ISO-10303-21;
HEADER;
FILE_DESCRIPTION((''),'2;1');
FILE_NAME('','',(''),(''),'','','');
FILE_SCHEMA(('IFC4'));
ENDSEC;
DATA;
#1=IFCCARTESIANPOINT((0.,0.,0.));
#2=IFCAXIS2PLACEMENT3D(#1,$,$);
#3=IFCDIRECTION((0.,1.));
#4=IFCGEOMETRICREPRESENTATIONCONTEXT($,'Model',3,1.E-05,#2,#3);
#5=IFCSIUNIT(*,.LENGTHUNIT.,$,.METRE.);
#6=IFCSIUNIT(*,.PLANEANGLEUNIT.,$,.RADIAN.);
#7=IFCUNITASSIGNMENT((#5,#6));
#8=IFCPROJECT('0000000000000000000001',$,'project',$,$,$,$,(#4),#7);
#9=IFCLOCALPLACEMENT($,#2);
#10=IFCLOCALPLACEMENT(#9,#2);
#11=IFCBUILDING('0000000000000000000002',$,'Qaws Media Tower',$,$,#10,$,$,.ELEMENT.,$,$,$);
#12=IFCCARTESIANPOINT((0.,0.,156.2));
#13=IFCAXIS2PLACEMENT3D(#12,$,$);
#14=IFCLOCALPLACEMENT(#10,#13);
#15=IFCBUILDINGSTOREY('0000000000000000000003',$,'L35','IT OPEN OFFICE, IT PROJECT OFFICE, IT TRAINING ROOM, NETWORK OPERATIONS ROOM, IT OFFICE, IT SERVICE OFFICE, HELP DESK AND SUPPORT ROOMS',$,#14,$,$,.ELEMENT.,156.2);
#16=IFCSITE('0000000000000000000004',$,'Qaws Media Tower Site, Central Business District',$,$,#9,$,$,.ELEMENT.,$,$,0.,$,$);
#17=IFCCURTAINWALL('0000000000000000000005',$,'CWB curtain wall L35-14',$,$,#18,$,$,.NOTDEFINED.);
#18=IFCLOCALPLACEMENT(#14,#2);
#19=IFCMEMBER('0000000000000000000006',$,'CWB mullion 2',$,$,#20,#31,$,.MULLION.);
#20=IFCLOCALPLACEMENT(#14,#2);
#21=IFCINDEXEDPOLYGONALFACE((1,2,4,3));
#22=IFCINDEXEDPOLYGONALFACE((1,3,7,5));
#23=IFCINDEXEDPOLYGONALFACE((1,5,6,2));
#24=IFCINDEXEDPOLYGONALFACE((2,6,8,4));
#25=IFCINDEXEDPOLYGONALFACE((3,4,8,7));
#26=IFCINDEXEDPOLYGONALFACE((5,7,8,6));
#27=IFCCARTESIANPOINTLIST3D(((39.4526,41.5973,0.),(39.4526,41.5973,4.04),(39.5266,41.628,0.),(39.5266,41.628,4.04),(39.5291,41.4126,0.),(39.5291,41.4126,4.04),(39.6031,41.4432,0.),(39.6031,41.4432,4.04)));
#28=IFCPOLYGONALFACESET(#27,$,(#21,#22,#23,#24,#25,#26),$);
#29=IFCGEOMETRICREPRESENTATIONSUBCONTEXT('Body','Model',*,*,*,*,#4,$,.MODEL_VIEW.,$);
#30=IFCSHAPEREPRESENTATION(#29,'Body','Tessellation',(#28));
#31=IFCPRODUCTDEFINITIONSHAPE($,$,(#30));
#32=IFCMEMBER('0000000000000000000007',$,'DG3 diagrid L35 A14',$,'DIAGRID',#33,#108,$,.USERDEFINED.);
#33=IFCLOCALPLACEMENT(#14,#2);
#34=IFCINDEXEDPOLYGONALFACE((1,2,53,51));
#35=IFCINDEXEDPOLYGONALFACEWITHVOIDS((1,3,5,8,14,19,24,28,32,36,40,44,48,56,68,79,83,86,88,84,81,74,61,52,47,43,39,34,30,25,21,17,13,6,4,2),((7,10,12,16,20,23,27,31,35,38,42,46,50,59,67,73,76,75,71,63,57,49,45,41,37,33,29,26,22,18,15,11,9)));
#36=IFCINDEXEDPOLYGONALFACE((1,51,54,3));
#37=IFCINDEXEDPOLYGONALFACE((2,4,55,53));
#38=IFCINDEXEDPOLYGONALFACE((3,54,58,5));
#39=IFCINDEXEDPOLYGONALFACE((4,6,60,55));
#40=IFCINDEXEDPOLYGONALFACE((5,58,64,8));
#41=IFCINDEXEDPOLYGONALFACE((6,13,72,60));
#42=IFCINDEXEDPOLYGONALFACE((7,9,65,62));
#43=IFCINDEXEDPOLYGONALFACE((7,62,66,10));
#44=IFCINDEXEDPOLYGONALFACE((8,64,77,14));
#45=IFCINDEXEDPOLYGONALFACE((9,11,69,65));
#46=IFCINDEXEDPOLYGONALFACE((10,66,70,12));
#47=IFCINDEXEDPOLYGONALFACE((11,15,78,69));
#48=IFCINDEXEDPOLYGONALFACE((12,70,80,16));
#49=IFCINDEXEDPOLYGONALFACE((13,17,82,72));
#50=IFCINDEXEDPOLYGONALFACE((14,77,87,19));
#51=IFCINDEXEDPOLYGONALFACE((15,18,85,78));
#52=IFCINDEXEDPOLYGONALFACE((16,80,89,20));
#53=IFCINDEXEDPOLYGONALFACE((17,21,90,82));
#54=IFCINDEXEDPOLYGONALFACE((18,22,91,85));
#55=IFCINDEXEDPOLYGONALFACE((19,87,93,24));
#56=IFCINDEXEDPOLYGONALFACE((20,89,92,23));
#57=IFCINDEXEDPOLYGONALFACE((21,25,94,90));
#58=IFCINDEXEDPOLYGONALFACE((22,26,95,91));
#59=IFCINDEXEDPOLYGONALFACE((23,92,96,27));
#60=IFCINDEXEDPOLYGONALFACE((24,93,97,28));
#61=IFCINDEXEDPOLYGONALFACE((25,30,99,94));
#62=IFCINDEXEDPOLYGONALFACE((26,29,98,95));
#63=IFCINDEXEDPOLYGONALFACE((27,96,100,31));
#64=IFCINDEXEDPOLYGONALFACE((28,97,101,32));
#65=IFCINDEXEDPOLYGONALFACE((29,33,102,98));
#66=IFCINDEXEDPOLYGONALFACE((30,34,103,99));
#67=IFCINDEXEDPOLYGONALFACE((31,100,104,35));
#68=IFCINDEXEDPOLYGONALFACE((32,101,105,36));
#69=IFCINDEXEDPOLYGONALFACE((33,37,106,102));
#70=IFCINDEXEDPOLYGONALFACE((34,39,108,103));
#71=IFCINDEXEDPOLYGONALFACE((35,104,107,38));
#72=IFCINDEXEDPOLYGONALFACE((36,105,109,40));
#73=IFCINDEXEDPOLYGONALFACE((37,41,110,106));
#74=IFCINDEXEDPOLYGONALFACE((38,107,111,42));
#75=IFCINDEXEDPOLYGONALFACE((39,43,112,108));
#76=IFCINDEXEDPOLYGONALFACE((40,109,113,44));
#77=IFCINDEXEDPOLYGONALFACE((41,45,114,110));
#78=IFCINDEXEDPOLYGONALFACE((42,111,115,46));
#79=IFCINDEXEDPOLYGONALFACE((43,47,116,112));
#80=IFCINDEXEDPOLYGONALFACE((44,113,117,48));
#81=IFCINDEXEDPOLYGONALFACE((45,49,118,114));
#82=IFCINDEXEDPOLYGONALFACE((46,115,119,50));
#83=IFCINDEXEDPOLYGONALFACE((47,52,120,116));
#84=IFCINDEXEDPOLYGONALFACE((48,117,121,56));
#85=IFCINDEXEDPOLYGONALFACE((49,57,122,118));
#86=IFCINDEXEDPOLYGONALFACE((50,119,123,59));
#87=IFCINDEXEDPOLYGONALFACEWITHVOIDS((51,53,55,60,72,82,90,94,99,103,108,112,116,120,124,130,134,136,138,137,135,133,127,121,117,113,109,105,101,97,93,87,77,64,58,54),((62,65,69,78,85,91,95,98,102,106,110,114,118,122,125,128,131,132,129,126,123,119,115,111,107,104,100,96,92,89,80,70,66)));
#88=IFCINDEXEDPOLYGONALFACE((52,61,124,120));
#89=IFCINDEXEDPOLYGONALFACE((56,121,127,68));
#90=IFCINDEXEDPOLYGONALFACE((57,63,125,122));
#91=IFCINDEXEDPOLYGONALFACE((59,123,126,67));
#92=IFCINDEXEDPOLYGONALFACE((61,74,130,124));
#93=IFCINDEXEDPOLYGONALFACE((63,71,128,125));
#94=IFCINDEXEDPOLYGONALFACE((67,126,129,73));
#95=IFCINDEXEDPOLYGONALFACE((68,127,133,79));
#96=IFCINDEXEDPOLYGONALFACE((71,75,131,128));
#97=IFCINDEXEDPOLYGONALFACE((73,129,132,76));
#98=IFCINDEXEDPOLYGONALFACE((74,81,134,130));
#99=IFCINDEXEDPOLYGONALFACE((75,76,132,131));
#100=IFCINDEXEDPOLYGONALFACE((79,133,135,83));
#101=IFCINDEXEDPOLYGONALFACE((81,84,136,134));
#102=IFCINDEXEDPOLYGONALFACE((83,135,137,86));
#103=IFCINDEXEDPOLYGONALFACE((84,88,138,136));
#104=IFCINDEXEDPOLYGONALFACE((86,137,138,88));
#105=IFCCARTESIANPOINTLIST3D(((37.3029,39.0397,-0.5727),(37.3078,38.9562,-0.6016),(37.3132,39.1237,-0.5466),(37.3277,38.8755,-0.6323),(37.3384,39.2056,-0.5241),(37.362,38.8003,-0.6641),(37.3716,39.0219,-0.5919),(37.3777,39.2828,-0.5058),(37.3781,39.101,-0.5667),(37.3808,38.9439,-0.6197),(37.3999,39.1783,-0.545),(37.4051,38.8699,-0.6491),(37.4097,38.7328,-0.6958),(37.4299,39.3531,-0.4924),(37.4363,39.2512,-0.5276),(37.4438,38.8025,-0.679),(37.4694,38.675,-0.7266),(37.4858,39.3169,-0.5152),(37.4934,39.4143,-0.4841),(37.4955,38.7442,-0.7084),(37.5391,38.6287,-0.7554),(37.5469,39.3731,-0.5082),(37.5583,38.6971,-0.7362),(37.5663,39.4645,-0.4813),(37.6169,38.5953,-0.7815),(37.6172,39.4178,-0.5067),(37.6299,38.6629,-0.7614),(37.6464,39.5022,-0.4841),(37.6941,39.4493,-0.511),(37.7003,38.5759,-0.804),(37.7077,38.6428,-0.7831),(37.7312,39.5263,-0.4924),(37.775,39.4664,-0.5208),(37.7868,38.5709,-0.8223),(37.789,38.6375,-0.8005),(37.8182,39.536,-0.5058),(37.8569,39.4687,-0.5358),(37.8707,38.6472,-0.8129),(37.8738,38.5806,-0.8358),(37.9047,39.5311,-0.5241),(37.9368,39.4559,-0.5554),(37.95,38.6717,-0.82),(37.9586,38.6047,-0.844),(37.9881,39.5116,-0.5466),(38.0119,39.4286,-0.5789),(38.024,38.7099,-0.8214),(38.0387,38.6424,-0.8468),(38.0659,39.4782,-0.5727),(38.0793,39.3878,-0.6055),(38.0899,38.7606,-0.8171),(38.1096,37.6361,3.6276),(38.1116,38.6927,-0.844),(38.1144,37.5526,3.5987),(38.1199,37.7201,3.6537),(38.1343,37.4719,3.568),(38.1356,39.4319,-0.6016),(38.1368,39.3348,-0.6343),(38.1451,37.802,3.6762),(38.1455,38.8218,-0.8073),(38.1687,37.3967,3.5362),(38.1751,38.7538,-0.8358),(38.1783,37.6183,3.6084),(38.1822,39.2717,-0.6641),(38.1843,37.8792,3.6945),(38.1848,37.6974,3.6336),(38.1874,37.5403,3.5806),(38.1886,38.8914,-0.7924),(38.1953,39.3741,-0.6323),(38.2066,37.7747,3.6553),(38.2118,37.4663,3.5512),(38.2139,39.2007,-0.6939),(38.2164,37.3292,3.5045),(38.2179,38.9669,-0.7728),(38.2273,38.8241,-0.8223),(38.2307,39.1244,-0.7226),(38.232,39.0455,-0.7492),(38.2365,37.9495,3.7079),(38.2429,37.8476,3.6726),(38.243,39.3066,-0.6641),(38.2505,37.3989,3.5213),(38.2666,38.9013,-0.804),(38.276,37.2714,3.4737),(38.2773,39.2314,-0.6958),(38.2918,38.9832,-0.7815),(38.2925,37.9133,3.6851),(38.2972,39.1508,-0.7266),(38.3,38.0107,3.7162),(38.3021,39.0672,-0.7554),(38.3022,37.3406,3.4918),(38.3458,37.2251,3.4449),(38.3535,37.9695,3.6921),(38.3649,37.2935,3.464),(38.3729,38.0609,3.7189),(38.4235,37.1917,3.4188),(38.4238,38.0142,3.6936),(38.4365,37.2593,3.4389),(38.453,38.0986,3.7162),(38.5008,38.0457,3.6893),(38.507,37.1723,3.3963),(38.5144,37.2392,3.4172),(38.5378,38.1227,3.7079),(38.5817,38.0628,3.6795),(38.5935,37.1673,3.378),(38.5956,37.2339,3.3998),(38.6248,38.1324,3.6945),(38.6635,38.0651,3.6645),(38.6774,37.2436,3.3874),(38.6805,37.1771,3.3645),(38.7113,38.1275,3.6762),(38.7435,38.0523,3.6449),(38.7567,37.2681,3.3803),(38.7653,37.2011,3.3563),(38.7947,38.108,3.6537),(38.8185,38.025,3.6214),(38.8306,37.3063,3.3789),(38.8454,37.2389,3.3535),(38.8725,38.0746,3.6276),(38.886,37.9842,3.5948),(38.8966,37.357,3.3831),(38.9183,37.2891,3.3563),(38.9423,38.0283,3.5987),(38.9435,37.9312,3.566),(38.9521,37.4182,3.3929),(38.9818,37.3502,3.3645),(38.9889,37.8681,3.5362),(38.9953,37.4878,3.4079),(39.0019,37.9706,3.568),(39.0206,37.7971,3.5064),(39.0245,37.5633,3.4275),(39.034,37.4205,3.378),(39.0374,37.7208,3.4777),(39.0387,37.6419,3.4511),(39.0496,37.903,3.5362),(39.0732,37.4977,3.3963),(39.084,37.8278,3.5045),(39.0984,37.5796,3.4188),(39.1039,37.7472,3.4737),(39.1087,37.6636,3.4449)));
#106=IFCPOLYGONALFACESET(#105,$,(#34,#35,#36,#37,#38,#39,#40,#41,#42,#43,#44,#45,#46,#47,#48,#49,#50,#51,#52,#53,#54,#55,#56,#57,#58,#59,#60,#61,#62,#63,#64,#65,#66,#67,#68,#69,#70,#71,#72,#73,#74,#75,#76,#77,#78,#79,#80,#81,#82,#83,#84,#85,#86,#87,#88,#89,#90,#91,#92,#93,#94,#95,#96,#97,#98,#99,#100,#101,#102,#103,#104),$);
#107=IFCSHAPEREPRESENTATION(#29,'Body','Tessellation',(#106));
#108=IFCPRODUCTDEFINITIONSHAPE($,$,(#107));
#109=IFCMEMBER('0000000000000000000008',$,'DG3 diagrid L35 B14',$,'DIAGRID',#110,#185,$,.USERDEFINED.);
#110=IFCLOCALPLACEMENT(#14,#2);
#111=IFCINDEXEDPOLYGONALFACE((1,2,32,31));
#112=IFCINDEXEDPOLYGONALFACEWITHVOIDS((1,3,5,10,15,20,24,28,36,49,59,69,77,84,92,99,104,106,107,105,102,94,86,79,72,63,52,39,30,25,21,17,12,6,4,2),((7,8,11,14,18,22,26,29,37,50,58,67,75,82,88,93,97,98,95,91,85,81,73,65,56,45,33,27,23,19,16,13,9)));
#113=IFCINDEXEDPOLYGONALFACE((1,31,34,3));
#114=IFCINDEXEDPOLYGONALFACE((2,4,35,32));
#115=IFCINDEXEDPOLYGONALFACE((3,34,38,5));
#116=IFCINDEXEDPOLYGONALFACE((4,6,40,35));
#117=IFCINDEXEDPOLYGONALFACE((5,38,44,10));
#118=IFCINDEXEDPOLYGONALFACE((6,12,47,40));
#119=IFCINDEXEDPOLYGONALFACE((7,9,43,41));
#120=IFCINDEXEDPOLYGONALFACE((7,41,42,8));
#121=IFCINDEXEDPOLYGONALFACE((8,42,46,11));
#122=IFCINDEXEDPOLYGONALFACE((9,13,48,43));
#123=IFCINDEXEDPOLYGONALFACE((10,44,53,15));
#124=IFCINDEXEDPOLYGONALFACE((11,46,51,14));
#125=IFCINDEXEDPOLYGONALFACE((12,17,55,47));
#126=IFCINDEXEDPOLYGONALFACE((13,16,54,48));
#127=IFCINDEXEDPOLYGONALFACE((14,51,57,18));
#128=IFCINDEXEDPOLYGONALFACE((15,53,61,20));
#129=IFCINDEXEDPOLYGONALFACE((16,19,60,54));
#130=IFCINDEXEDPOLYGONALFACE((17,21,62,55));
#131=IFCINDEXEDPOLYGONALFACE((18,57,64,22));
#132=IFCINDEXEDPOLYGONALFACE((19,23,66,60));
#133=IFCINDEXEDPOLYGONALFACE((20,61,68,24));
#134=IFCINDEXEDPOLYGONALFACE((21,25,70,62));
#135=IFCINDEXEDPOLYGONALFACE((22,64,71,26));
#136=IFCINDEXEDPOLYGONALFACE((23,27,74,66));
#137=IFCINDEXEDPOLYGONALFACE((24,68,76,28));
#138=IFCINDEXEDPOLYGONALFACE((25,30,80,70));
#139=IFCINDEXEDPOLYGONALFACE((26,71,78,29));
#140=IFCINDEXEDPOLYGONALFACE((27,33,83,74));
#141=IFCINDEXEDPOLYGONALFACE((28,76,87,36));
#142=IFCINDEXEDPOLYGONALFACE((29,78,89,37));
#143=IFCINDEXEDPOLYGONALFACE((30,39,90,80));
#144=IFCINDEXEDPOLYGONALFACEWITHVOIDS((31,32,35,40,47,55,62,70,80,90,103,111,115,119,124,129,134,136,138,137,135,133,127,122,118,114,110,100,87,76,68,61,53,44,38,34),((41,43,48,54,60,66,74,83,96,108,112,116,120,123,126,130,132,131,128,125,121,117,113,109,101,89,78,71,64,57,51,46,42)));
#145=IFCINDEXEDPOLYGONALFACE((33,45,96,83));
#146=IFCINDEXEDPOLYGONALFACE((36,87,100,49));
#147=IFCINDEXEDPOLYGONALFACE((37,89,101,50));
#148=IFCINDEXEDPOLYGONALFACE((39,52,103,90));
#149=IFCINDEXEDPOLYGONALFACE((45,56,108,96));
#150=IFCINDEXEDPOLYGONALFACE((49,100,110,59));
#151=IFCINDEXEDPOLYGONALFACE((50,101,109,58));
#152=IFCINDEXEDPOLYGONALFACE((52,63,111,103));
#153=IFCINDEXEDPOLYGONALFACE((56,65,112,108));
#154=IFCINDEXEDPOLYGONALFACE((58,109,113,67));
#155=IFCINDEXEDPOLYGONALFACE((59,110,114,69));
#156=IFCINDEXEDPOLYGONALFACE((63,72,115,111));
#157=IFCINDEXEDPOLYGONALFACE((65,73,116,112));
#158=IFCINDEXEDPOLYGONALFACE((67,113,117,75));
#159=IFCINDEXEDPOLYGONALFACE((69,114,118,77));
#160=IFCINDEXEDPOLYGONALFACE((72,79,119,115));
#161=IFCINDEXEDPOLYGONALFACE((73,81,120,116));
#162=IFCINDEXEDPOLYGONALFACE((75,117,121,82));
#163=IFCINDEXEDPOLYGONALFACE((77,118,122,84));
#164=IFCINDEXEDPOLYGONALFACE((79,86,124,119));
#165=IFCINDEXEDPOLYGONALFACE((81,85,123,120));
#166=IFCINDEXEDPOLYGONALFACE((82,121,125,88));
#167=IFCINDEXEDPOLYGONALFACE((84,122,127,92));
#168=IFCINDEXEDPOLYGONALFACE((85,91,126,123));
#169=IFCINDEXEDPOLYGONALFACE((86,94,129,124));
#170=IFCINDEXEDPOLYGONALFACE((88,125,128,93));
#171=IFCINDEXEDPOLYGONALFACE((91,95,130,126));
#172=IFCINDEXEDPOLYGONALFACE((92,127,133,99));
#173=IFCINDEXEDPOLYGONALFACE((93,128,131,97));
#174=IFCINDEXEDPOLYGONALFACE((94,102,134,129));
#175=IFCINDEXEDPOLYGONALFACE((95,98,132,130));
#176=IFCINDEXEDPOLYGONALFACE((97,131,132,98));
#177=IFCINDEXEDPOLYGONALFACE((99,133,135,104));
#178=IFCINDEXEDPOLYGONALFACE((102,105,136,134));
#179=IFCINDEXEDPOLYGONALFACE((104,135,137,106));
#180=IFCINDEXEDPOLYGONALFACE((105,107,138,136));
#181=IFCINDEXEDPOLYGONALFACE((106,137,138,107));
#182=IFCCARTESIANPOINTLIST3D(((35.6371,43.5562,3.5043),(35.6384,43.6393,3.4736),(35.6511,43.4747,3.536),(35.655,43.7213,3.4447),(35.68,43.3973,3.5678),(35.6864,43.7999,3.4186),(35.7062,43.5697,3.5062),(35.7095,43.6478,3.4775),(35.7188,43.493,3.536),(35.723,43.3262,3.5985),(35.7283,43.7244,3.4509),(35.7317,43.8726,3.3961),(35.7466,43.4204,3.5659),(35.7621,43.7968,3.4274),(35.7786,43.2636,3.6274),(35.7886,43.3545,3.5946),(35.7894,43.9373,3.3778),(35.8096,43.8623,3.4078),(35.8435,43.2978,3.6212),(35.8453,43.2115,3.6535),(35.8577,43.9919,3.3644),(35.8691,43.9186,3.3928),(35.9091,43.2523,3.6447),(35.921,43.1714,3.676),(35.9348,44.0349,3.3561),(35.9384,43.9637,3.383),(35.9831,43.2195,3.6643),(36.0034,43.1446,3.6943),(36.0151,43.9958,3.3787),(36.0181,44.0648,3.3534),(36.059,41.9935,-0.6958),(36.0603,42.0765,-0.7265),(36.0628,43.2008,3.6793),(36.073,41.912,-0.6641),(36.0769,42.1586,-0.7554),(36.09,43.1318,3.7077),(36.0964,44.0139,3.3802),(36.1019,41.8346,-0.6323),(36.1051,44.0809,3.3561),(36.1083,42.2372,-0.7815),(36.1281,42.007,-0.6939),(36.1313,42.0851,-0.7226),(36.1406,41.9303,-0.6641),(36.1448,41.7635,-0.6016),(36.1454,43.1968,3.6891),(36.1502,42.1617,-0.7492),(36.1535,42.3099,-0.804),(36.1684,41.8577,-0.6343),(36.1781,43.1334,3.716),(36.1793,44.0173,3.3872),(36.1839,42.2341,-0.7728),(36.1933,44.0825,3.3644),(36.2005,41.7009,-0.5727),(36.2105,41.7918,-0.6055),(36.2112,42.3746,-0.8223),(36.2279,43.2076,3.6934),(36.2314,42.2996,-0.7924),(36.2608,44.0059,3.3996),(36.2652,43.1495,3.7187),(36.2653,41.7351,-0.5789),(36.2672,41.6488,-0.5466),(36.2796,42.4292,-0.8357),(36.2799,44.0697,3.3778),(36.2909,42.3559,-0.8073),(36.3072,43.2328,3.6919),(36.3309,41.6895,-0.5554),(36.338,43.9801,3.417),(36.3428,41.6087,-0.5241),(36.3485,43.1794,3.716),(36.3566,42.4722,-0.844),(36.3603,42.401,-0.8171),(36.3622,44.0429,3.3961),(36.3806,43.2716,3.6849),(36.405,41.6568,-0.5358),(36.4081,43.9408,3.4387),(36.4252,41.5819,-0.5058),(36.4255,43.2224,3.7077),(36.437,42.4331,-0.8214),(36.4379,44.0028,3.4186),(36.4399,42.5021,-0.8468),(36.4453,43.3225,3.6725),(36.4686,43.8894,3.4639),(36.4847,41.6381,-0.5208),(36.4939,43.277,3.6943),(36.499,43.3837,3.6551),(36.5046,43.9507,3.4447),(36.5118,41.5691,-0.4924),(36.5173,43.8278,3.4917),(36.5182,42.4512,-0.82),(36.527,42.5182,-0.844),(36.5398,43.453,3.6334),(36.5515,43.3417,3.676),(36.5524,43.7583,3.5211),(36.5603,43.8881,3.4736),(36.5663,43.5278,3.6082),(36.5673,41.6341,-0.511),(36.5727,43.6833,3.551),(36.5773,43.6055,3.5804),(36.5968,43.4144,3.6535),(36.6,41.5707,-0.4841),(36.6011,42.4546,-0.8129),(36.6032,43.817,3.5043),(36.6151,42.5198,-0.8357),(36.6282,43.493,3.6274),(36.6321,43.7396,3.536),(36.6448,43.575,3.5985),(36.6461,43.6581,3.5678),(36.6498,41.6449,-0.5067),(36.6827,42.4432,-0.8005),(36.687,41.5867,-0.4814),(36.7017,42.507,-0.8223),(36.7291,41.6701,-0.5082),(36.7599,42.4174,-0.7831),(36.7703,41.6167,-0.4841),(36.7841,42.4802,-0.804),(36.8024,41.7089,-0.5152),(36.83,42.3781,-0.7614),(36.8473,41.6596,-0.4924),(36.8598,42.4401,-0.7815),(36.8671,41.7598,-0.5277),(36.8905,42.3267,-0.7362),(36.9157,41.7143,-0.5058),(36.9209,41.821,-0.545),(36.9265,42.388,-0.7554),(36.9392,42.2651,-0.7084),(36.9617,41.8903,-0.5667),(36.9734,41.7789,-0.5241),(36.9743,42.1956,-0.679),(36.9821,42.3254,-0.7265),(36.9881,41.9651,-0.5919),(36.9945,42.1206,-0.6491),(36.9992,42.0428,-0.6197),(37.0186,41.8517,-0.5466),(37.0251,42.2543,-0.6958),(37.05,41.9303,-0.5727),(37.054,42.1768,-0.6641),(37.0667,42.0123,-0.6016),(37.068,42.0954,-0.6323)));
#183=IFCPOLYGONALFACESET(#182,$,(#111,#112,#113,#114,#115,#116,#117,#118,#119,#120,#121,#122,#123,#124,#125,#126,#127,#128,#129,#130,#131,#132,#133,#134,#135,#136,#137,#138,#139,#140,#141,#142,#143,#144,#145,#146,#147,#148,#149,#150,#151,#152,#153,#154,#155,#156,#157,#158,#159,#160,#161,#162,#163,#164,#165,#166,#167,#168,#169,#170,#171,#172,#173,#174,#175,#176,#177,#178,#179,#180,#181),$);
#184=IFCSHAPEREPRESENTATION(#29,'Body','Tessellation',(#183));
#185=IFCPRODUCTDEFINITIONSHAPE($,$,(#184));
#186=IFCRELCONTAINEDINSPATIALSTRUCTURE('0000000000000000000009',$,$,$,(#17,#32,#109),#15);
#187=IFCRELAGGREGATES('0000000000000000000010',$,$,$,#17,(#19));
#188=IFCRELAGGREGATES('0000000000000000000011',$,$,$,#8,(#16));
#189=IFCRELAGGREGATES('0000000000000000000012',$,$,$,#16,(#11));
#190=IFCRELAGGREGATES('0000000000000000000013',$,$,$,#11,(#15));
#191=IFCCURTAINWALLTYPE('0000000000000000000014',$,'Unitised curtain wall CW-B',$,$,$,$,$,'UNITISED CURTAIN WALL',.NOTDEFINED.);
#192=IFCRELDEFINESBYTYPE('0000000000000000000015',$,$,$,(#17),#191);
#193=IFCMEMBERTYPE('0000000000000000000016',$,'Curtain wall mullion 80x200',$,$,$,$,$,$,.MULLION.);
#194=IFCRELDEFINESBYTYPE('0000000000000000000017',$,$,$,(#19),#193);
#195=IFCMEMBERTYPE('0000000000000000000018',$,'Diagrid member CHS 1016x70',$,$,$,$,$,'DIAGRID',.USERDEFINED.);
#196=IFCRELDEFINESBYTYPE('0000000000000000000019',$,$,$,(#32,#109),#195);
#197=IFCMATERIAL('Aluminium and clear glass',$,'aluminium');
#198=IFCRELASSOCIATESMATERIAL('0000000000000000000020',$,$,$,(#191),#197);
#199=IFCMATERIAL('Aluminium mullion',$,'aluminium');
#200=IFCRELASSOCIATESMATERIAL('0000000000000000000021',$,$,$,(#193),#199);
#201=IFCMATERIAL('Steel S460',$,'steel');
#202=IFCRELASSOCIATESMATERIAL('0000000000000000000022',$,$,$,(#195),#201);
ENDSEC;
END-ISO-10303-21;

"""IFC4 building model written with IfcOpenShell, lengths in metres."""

from ifc_helpers import new_model, si_unit, direction, frame, origin, origin_2d, place, context, subcontext, project, spatial, rectangle, hollow_circle, extrude, material, material_profile, profile_set, type_object, element, aggregate, save


model = new_model("IFC4")

# Units and contexts
model_context = context("Model", 3, precision=1e-05, world=origin(), true_north=direction((0.0, 1.0)))
body_context = subcontext(model_context, "Body", "Model", "MODEL_VIEW")
ifc_project = project(units=[si_unit("LENGTHUNIT", "METRE"), si_unit("PLANEANGLEUNIT", "RADIAN")], contexts=[model_context])

# Site, building, storey
site_placement = place(None, origin())
site = spatial("IfcSite", under=ifc_project, at=site_placement, Name="Qaws Media Tower Site, Central Business District", CompositionType="ELEMENT", RefElevation=0.0)
building_placement = place(site_placement, origin())
building = spatial("IfcBuilding", under=site, at=building_placement, Name="Qaws Media Tower", CompositionType="ELEMENT")
storey_placement = place(building_placement, frame((0.0, 0.0, 156.2)))
storey = spatial("IfcBuildingStorey", under=building, at=storey_placement, Name="L35", Description="IT OPEN OFFICE, IT PROJECT OFFICE, IT TRAINING ROOM, NETWORK OPERATIONS ROOM, IT OFFICE, IT SERVICE OFFICE, HELP DESK AND SUPPORT ROOMS", CompositionType="ELEMENT", Elevation=156.2)

# Curtain wall, member
ifc_material_1 = material(Name="Aluminium and clear glass", Category="aluminium")
curtain_wall_type = type_object("IfcCurtainWallType", Name="Unitised curtain wall CW-B", ElementType="UNITISED CURTAIN WALL", PredefinedType="NOTDEFINED", material=ifc_material_1)
curtain_wall_placement = place(storey_placement, origin())
curtain_wall = element("IfcCurtainWall", 1, at=curtain_wall_placement, inside=storey, type_object=curtain_wall_type, Name="CWB curtain wall L35-14", PredefinedType="NOTDEFINED")
ifc_material_2 = material(Name="Aluminium mullion", Category="aluminium")
ifc_material_profile_1 = material_profile(ifc_material_2, rectangle(XDim=0.0801, YDim=0.2, at=origin_2d()), Name="80x200")
ifc_profile_set_1 = profile_set([ifc_material_profile_1], Name="Aluminium mullion")
member_type_1 = type_object("IfcMemberType", Name="Curtain wall mullion 80x200", PredefinedType="MULLION", material=ifc_profile_set_1)
member_1_placement = place(storey_placement, frame((39.5278, 41.5203, 0.0), z_axis=(0.0, 0.0, 1.0), x_axis=(0.92388, 0.382683, 0.0)))
member_1 = element("IfcMember", 2, at=member_1_placement, type_object=member_type_1, Name="CWB mullion 2", PredefinedType="MULLION", context=body_context, shape_type="SweptSolid", body=[
    extrude(rectangle(XDim=0.0801, YDim=0.2, at=origin_2d()), origin(), (0.0, 0.0, 1.0), 4.04),
])

# Members
ifc_material_3 = material(Name="Steel S460", Category="steel")
ifc_material_profile_2 = material_profile(ifc_material_3, hollow_circle(Radius=0.5081, WallThickness=0.0701, at=origin_2d()), Name="CHS 1016x70")
ifc_profile_set_2 = profile_set([ifc_material_profile_2], Name="Steel S460")
member_type_2 = type_object("IfcMemberType", Name="Diagrid member CHS 1016x70", ElementType="DIAGRID", PredefinedType="USERDEFINED", material=ifc_profile_set_2)
member_2_placement = place(storey_placement, frame((37.8025, 39.0535, -0.6641), z_axis=(0.179199, -0.311809, 0.933093), x_axis=(0.867015, 0.498281, 0.0)))
element("IfcMember", 3, at=member_2_placement, inside=storey, type_object=member_type_2, Name="DG3 diagrid L35 A14", ObjectType="DIAGRID", PredefinedType="USERDEFINED", context=body_context, shape_type="SweptSolid", body=[
    extrude(hollow_circle(Radius=0.5081, WallThickness=0.0701, at=origin_2d()), origin(), (0.0, 0.0, 1.0), 4.5015),
])
for number, where, z_axis, x_axis, name in (
    (4, (36.5635, 42.0444, -0.6641), (-0.093723, 0.347175, 0.933105), (-0.965439, -0.260628, 0.0), "DG3 diagrid L35 B14"),
):
    element("IfcMember", number, at=place(storey_placement, frame(where, z_axis=z_axis, x_axis=x_axis)), inside=storey, type_object=member_type_2, Name=name, ObjectType="DIAGRID", PredefinedType="USERDEFINED", context=body_context, shape_type="SweptSolid", body=[
        extrude(hollow_circle(Radius=0.5081, WallThickness=0.0701, at=origin_2d()), origin(), (0.0, 0.0, 1.0), 4.5012),
    ])

aggregate(curtain_wall, [member_1])

save(model, "model.ifc")
